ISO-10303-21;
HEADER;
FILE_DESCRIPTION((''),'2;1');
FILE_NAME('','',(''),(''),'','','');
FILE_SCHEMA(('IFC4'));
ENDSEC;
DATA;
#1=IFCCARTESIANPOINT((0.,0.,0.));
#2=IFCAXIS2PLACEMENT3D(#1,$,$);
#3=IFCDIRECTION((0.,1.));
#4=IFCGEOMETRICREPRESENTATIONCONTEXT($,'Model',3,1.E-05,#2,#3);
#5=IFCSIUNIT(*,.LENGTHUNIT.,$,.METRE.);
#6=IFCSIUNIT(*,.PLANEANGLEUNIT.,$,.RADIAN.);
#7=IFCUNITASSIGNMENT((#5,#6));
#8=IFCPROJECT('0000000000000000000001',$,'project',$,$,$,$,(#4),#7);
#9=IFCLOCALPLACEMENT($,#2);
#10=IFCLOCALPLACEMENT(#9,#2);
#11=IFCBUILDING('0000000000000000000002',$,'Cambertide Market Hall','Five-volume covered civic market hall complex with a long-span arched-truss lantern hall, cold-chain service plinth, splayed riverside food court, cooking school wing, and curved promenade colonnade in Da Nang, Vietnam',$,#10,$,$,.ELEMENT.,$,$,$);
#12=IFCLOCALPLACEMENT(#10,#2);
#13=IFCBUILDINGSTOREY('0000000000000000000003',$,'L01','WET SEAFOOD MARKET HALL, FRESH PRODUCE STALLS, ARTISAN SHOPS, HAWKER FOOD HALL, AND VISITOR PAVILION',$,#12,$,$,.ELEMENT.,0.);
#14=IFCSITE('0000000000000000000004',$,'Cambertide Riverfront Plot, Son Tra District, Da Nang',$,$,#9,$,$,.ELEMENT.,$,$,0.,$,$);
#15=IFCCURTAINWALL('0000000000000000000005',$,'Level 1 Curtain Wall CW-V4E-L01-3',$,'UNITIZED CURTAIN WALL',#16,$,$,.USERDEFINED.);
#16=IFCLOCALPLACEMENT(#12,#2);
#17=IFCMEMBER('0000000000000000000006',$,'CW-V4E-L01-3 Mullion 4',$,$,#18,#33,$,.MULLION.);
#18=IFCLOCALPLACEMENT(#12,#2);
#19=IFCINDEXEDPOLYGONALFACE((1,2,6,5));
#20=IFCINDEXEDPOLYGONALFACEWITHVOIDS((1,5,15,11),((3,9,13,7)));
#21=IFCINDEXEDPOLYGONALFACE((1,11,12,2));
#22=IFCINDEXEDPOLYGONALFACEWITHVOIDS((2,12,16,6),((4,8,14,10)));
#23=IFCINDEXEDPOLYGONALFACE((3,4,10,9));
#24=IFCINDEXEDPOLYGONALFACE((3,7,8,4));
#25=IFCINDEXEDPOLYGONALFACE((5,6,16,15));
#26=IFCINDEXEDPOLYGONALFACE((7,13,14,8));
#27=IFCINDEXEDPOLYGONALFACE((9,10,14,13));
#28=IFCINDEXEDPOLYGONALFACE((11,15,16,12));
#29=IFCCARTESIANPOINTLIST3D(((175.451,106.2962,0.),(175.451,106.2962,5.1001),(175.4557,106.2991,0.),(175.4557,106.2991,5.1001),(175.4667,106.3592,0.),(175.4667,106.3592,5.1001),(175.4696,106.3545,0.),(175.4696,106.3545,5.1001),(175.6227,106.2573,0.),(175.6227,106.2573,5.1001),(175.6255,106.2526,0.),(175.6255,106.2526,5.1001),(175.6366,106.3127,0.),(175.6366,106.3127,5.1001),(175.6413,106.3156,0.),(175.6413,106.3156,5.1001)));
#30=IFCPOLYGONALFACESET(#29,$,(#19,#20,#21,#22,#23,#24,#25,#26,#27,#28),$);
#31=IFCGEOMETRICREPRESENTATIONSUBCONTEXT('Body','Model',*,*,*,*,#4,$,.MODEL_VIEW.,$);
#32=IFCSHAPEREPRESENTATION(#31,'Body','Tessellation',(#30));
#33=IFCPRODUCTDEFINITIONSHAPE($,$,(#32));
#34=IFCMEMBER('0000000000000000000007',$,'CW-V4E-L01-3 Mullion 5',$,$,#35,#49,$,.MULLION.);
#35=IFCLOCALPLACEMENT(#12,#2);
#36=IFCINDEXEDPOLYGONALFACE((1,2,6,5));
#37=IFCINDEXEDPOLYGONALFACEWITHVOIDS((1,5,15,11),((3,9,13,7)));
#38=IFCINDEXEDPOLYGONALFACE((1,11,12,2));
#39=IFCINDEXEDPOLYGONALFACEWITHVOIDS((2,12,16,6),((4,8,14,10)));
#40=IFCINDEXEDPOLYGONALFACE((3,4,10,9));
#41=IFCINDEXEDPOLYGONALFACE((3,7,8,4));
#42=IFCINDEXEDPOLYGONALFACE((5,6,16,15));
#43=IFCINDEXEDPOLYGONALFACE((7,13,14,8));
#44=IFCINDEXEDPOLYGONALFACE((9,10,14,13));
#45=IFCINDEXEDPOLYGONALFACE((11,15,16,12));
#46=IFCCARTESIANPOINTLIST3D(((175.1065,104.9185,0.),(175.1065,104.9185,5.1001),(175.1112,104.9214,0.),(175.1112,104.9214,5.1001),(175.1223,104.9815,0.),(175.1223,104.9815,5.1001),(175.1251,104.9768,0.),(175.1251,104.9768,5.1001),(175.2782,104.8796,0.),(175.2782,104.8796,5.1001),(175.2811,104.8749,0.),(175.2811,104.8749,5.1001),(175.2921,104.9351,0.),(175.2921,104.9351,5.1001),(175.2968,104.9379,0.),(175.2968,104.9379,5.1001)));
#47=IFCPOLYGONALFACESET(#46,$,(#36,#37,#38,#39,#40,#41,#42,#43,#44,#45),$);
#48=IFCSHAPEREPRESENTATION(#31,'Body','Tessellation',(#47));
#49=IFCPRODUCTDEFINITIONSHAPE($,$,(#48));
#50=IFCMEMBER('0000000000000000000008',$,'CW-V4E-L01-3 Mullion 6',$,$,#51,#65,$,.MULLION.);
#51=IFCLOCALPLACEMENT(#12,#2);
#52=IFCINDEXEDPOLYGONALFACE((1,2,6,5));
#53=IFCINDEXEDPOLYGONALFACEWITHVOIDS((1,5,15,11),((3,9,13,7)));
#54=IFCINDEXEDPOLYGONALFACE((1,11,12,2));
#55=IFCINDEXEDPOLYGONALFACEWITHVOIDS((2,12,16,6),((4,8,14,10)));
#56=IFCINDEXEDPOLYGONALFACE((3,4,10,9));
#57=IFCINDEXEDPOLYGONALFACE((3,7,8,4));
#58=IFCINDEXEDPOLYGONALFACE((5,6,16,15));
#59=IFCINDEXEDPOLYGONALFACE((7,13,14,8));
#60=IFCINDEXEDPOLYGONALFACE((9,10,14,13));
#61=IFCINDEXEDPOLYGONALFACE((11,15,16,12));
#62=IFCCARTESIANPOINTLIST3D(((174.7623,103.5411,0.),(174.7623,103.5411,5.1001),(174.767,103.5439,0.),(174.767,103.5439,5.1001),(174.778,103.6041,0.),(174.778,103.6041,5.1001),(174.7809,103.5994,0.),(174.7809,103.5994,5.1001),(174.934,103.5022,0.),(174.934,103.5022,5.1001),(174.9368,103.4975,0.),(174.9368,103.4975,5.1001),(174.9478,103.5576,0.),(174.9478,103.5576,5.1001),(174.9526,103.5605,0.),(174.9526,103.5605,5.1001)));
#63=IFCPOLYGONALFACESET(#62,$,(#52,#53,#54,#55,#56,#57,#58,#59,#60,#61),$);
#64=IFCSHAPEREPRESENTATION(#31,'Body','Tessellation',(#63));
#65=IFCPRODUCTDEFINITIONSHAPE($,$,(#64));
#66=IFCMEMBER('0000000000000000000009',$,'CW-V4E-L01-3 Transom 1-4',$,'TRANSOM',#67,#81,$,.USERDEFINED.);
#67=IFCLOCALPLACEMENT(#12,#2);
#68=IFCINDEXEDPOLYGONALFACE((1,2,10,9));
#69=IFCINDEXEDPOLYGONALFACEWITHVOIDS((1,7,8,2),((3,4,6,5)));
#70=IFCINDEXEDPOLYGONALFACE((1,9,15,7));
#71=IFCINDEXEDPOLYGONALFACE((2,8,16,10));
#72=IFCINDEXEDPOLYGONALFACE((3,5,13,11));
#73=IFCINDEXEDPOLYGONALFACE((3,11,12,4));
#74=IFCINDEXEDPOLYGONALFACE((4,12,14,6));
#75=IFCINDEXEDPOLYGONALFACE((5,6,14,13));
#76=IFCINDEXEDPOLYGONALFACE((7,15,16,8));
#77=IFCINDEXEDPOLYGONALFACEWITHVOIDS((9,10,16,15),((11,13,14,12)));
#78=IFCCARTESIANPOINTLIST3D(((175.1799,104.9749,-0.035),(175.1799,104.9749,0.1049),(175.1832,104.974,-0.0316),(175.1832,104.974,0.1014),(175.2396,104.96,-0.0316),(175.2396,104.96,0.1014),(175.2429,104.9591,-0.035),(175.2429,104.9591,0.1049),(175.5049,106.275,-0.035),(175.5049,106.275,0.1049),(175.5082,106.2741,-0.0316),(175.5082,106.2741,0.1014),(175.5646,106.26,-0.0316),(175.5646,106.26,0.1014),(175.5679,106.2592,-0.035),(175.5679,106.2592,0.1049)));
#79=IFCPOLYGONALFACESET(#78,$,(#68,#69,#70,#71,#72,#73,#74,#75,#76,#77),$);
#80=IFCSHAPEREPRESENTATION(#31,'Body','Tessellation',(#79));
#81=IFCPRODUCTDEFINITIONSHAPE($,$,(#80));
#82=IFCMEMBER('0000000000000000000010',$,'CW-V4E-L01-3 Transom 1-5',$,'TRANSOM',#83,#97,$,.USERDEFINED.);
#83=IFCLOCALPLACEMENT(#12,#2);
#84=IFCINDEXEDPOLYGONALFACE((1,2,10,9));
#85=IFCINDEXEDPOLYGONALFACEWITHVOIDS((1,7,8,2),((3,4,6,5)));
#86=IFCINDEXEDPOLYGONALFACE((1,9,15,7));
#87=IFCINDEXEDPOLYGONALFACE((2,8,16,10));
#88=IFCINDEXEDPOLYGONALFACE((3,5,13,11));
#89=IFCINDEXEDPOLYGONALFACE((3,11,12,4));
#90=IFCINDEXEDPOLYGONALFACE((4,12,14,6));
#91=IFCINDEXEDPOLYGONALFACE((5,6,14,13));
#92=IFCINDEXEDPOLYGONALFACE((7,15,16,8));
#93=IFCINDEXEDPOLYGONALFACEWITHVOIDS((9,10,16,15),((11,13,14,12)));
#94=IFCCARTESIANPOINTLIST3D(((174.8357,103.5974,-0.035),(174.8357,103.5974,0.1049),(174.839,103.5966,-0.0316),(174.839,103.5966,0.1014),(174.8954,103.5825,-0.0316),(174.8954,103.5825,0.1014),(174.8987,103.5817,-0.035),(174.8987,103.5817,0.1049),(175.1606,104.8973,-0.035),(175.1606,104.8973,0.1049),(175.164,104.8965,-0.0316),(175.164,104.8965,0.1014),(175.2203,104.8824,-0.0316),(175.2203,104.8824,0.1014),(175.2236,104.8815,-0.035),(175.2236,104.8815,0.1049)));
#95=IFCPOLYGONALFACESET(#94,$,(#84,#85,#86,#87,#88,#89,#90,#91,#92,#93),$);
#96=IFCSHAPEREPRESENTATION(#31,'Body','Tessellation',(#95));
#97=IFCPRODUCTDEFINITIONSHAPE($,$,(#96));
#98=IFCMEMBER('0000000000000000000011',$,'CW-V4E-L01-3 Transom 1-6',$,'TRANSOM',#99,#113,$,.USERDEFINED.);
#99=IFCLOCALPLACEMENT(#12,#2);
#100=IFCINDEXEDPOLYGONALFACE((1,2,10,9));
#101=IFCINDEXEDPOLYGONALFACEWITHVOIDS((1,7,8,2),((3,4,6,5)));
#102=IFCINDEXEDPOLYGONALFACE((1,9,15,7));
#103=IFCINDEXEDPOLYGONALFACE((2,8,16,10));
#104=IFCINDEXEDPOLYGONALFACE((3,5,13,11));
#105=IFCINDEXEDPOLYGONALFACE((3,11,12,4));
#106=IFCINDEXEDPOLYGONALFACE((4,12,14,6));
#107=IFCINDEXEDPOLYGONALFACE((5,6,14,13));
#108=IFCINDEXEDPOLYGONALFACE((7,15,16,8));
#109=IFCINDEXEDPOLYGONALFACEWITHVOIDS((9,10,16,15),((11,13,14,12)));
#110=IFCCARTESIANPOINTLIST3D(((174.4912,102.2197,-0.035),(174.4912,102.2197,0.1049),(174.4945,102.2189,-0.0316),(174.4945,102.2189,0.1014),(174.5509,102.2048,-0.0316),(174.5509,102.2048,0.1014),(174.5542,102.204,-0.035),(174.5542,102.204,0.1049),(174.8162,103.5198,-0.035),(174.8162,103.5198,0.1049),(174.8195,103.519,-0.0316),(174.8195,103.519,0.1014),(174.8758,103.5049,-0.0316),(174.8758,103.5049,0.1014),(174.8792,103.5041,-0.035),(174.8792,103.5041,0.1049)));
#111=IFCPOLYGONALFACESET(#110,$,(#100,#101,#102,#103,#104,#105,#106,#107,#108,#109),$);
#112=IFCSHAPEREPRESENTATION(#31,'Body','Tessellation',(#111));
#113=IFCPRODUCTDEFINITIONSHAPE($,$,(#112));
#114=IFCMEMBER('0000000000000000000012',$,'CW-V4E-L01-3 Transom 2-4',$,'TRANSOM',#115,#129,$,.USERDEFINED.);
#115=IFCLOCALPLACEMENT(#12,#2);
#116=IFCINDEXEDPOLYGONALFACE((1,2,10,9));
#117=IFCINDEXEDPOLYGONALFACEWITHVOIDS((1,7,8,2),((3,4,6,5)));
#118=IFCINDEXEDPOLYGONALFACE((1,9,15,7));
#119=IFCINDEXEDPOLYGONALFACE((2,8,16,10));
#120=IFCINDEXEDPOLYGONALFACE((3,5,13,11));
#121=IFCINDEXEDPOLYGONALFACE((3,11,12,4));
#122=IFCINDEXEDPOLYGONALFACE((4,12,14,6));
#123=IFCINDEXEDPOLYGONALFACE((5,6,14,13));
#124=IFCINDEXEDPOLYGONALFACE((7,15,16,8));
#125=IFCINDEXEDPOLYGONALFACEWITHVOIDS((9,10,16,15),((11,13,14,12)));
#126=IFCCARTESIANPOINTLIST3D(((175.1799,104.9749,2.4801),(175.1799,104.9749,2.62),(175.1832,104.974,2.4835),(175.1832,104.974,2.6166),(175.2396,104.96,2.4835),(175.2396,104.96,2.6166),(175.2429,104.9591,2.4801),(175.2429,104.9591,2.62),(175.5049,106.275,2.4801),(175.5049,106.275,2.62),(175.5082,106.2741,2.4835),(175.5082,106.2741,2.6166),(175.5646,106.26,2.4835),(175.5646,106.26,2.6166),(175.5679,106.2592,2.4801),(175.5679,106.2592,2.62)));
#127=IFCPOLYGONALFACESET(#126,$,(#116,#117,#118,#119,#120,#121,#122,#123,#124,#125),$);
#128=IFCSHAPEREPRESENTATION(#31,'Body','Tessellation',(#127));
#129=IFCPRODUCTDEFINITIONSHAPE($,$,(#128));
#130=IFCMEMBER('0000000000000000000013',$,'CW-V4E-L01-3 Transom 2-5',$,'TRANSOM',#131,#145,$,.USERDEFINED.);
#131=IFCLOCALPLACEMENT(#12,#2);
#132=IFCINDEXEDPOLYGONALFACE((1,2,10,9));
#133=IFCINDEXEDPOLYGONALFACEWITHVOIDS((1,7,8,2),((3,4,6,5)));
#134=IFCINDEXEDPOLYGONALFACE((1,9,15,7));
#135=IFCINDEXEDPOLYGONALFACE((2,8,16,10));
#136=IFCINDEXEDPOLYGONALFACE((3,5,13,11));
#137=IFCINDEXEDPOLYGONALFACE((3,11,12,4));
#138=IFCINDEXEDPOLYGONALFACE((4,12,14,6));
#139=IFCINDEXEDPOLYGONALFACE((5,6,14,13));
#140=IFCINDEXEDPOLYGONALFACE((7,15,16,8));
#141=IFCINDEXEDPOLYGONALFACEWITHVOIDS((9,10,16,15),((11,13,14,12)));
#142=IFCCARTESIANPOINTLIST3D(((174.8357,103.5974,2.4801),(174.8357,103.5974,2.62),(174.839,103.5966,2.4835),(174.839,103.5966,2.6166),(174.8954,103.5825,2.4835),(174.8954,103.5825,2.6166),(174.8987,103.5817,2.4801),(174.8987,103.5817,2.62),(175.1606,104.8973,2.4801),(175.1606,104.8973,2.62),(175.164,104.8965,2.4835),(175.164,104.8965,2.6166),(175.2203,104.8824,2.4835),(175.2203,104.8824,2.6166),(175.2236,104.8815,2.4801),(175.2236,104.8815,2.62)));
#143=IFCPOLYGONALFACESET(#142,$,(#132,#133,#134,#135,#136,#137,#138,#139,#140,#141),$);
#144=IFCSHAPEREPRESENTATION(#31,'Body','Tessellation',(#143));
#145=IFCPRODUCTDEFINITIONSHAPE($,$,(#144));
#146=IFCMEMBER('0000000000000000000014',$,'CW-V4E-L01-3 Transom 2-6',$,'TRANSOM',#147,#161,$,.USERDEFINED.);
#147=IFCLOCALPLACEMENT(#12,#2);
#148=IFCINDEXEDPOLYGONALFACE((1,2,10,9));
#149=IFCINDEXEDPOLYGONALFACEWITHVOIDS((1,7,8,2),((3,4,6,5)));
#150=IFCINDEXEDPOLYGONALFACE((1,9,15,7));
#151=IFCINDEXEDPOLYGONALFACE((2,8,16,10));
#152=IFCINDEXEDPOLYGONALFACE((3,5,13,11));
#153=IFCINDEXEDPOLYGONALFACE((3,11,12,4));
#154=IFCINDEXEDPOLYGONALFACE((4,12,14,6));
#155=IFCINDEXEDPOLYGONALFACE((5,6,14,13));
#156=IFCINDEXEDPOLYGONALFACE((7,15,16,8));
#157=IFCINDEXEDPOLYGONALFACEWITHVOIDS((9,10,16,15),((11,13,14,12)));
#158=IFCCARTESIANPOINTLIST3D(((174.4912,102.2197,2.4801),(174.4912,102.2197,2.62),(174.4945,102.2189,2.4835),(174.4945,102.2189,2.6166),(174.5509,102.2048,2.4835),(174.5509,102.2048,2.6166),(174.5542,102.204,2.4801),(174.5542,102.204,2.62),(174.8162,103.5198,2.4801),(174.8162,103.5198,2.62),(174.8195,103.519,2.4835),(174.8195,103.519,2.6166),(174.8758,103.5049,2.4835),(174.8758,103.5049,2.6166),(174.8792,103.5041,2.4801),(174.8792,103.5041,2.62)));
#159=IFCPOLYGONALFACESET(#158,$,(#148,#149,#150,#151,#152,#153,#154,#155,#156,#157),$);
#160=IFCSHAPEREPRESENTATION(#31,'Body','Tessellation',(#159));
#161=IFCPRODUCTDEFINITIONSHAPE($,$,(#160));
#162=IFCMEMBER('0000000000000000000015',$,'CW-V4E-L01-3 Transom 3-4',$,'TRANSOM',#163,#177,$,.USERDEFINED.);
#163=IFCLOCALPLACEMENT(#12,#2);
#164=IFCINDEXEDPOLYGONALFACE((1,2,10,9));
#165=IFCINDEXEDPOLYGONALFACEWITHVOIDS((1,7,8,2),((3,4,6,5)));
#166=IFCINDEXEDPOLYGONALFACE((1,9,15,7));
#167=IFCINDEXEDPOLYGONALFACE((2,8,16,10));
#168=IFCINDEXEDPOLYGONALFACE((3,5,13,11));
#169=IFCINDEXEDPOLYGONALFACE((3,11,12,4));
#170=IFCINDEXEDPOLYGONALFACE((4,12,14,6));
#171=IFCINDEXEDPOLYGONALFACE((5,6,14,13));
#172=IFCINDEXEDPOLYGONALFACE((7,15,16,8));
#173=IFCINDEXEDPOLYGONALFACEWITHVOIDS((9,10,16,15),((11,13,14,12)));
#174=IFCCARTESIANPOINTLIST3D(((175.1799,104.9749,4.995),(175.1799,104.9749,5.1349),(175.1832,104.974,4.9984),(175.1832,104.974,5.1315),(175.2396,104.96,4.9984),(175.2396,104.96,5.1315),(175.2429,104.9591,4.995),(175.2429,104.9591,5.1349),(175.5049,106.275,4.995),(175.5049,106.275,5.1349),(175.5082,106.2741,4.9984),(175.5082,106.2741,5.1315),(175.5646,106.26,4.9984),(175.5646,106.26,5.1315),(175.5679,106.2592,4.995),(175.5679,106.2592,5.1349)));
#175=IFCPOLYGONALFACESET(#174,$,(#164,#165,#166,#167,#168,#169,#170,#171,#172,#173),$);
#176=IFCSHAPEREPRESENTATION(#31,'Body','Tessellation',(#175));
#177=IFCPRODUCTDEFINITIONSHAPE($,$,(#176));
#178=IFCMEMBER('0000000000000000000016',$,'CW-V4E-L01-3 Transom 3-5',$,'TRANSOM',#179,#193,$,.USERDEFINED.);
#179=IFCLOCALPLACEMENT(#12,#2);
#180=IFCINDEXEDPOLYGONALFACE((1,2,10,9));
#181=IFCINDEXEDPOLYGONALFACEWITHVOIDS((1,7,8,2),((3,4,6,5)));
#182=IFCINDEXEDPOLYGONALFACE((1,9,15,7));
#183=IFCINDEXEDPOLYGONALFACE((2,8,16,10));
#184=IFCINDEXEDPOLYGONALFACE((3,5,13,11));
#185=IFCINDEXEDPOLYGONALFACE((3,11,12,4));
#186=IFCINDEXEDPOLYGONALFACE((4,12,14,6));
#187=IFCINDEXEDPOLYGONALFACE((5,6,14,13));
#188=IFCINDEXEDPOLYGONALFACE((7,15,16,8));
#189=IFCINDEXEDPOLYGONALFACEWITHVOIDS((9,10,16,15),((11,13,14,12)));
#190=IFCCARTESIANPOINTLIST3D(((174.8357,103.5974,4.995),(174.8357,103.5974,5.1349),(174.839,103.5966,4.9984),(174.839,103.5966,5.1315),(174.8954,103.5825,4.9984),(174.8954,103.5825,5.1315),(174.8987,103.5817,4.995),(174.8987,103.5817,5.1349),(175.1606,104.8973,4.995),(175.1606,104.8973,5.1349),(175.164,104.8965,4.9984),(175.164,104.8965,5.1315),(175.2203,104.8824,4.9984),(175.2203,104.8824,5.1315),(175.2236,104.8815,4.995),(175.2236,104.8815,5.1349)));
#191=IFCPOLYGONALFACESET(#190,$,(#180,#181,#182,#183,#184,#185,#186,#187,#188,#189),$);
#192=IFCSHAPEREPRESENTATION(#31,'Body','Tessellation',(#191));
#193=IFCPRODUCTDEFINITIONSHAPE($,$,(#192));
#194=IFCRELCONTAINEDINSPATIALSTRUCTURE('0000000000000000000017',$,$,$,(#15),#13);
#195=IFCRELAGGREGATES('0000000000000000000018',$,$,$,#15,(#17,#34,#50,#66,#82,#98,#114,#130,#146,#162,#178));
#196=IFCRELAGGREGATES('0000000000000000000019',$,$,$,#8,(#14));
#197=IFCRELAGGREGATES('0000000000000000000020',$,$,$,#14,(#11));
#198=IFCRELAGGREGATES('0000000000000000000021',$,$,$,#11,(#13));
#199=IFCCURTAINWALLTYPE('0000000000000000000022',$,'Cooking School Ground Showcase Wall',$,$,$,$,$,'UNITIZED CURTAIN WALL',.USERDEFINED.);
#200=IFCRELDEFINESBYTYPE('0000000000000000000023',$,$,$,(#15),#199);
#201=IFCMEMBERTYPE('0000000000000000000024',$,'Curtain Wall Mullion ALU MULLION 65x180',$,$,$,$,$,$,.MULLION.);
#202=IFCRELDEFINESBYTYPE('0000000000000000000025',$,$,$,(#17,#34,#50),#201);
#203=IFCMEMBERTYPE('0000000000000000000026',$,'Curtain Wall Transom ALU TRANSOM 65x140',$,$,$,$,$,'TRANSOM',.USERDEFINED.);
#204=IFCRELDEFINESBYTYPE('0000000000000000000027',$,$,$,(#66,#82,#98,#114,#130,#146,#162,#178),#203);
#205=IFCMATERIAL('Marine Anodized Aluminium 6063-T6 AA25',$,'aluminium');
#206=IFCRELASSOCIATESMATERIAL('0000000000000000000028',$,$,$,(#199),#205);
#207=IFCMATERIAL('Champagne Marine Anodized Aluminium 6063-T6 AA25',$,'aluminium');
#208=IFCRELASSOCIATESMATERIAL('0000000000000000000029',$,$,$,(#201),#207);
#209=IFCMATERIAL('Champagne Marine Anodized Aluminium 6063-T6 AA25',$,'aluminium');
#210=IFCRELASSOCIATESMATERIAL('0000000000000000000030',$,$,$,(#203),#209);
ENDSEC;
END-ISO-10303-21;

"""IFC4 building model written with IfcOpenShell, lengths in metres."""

from ifc_helpers import new_model, si_unit, direction, frame, origin, origin_2d, place, context, subcontext, project, spatial, hollow_rectangle, extrude, material, material_profile, profile_set, type_object, element, aggregate, save


model = new_model("IFC4")

# Units and contexts
model_context = context("Model", 3, precision=1e-05, world=origin(), true_north=direction((0.0, 1.0)))
body_context = subcontext(model_context, "Body", "Model", "MODEL_VIEW")
ifc_project = project(units=[si_unit("LENGTHUNIT", "METRE"), si_unit("PLANEANGLEUNIT", "RADIAN")], contexts=[model_context])

# Site, building, storey
site_placement = place(None, origin())
site = spatial("IfcSite", under=ifc_project, at=site_placement, Name="Cambertide Riverfront Plot, Son Tra District, Da Nang", CompositionType="ELEMENT", RefElevation=0.0)
building_placement = place(site_placement, origin())
building = spatial("IfcBuilding", under=site, at=building_placement, Name="Cambertide Market Hall", Description="Five-volume covered civic market hall complex with a long-span arched-truss lantern hall, cold-chain service plinth, splayed riverside food court, cooking school wing, and curved promenade colonnade in Da Nang, Vietnam", CompositionType="ELEMENT")
storey_placement = place(building_placement, origin())
storey = spatial("IfcBuildingStorey", under=building, at=storey_placement, Name="L01", Description="WET SEAFOOD MARKET HALL, FRESH PRODUCE STALLS, ARTISAN SHOPS, HAWKER FOOD HALL, AND VISITOR PAVILION", CompositionType="ELEMENT", Elevation=0.0)

# Curtain wall, members
ifc_material_1 = material(Name="Marine Anodized Aluminium 6063-T6 AA25", Category="aluminium")
curtain_wall_type = type_object("IfcCurtainWallType", Name="Cooking School Ground Showcase Wall", ElementType="UNITIZED CURTAIN WALL", PredefinedType="USERDEFINED", material=ifc_material_1)
curtain_wall_placement = place(storey_placement, origin())
curtain_wall = element("IfcCurtainWall", 1, at=curtain_wall_placement, inside=storey, type_object=curtain_wall_type, Name="Level 1 Curtain Wall CW-V4E-L01-3", ObjectType="UNITIZED CURTAIN WALL", PredefinedType="USERDEFINED")
ifc_material_2 = material(Name="Champagne Marine Anodized Aluminium 6063-T6 AA25", Category="aluminium")
ifc_material_profile_1 = material_profile(ifc_material_2, hollow_rectangle(XDim=0.0649, YDim=0.1799, WallThickness=0.0039, at=origin_2d()), Name="ALU MULLION 65x180")
ifc_profile_set_1 = profile_set([ifc_material_profile_1], Name="Champagne Marine Anodized Aluminium 6063-T6 AA25")
member_type_1 = type_object("IfcMemberType", Name="Curtain Wall Mullion ALU MULLION 65x180", PredefinedType="MULLION", material=ifc_profile_set_1)
member_1_placement = place(storey_placement, frame((175.5461, 106.3059, 0.0), z_axis=(0.0, 0.0, 1.0), x_axis=(-0.242536, -0.970143, 0.0)))
member_1 = element("IfcMember", 2, at=member_1_placement, type_object=member_type_1, Name="CW-V4E-L01-3 Mullion 4", PredefinedType="MULLION", context=body_context, shape_type="SweptSolid", body=[
    extrude(hollow_rectangle(XDim=0.0649, YDim=0.1799, WallThickness=0.0039, at=origin_2d()), origin(), (0.0, 0.0, 1.0), 5.1001),
])
member_2_placement = place(storey_placement, frame((175.2017, 104.9282, 0.0), z_axis=(0.0, 0.0, 1.0), x_axis=(-0.242536, -0.970143, 0.0)))
member_2 = element("IfcMember", 3, at=member_2_placement, type_object=member_type_1, Name="CW-V4E-L01-3 Mullion 5", PredefinedType="MULLION", context=body_context, shape_type="SweptSolid", body=[
    extrude(hollow_rectangle(XDim=0.0649, YDim=0.1799, WallThickness=0.0039, at=origin_2d()), origin(), (0.0, 0.0, 1.0), 5.1001),
])
member_3_placement = place(storey_placement, frame((174.8574, 103.5508, 0.0), z_axis=(0.0, 0.0, 1.0), x_axis=(-0.242536, -0.970143, 0.0)))
member_3 = element("IfcMember", 4, at=member_3_placement, type_object=member_type_1, Name="CW-V4E-L01-3 Mullion 6", PredefinedType="MULLION", context=body_context, shape_type="SweptSolid", body=[
    extrude(hollow_rectangle(XDim=0.0649, YDim=0.1799, WallThickness=0.0039, at=origin_2d()), origin(), (0.0, 0.0, 1.0), 5.1001),
])
ifc_material_3 = material(Name="Champagne Marine Anodized Aluminium 6063-T6 AA25", Category="aluminium")
ifc_material_profile_2 = material_profile(ifc_material_3, hollow_rectangle(XDim=0.0649, YDim=0.1399, WallThickness=0.0034, at=origin_2d()), Name="ALU TRANSOM 65x140")
ifc_profile_set_2 = profile_set([ifc_material_profile_2], Name="Champagne Marine Anodized Aluminium 6063-T6 AA25")
member_type_2 = type_object("IfcMemberType", Name="Curtain Wall Transom ALU TRANSOM 65x140", ElementType="TRANSOM", PredefinedType="USERDEFINED", material=ifc_profile_set_2)
member_4_placement = place(storey_placement, frame((175.5364, 106.2671, 0.0349), z_axis=(-0.242493, -0.970153, 0.0), x_axis=(0.970153, -0.242493, 0.0)))
member_4 = element("IfcMember", 5, at=member_4_placement, type_object=member_type_2, Name="CW-V4E-L01-3 Transom 1-4", ObjectType="TRANSOM", PredefinedType="USERDEFINED", context=body_context, shape_type="SweptSolid", body=[
    extrude(hollow_rectangle(XDim=0.0649, YDim=0.1399, WallThickness=0.0034, at=origin_2d()), origin(), (0.0, 0.0, 1.0), 1.3401),
])
member_5_placement = place(storey_placement, frame((175.1921, 104.8894, 0.0349), z_axis=(-0.242536, -0.970143, 0.0), x_axis=(0.970143, -0.242536, 0.0)))
member_5 = element("IfcMember", 6, at=member_5_placement, type_object=member_type_2, Name="CW-V4E-L01-3 Transom 1-5", ObjectType="TRANSOM", PredefinedType="USERDEFINED", context=body_context, shape_type="SweptSolid", body=[
    extrude(hollow_rectangle(XDim=0.0649, YDim=0.1399, WallThickness=0.0034, at=origin_2d()), origin(), (0.0, 0.0, 1.0), 1.3398),
])
member_6_placement = place(storey_placement, frame((174.8477, 103.512, 0.0349), z_axis=(-0.242493, -0.970153, 0.0), x_axis=(0.970153, -0.242493, 0.0)))
member_6 = element("IfcMember", 7, at=member_6_placement, type_object=member_type_2, Name="CW-V4E-L01-3 Transom 1-6", ObjectType="TRANSOM", PredefinedType="USERDEFINED", context=body_context, shape_type="SweptSolid", body=[
    extrude(hollow_rectangle(XDim=0.0649, YDim=0.1399, WallThickness=0.0034, at=origin_2d()), origin(), (0.0, 0.0, 1.0), 1.3401),
])
member_7_placement = place(storey_placement, frame((175.5364, 106.2671, 2.55), z_axis=(-0.242493, -0.970153, 0.0), x_axis=(0.970153, -0.242493, 0.0)))
member_7 = element("IfcMember", 8, at=member_7_placement, type_object=member_type_2, Name="CW-V4E-L01-3 Transom 2-4", ObjectType="TRANSOM", PredefinedType="USERDEFINED", context=body_context, shape_type="SweptSolid", body=[
    extrude(hollow_rectangle(XDim=0.0649, YDim=0.1399, WallThickness=0.0034, at=origin_2d()), origin(), (0.0, 0.0, 1.0), 1.3401),
])
member_8_placement = place(storey_placement, frame((175.1921, 104.8894, 2.55), z_axis=(-0.242536, -0.970143, 0.0), x_axis=(0.970143, -0.242536, 0.0)))
member_8 = element("IfcMember", 9, at=member_8_placement, type_object=member_type_2, Name="CW-V4E-L01-3 Transom 2-5", ObjectType="TRANSOM", PredefinedType="USERDEFINED", context=body_context, shape_type="SweptSolid", body=[
    extrude(hollow_rectangle(XDim=0.0649, YDim=0.1399, WallThickness=0.0034, at=origin_2d()), origin(), (0.0, 0.0, 1.0), 1.3398),
])
member_9_placement = place(storey_placement, frame((174.8477, 103.512, 2.55), z_axis=(-0.242493, -0.970153, 0.0), x_axis=(0.970153, -0.242493, 0.0)))
member_9 = element("IfcMember", 10, at=member_9_placement, type_object=member_type_2, Name="CW-V4E-L01-3 Transom 2-6", ObjectType="TRANSOM", PredefinedType="USERDEFINED", context=body_context, shape_type="SweptSolid", body=[
    extrude(hollow_rectangle(XDim=0.0649, YDim=0.1399, WallThickness=0.0034, at=origin_2d()), origin(), (0.0, 0.0, 1.0), 1.3401),
])
member_10_placement = place(storey_placement, frame((175.5364, 106.2671, 5.0649), z_axis=(-0.242493, -0.970153, 0.0), x_axis=(0.970153, -0.242493, 0.0)))
member_10 = element("IfcMember", 11, at=member_10_placement, type_object=member_type_2, Name="CW-V4E-L01-3 Transom 3-4", ObjectType="TRANSOM", PredefinedType="USERDEFINED", context=body_context, shape_type="SweptSolid", body=[
    extrude(hollow_rectangle(XDim=0.0649, YDim=0.1399, WallThickness=0.0034, at=origin_2d()), origin(), (0.0, 0.0, 1.0), 1.3401),
])
member_11_placement = place(storey_placement, frame((175.1921, 104.8894, 5.0649), z_axis=(-0.242536, -0.970143, 0.0), x_axis=(0.970143, -0.242536, 0.0)))
member_11 = element("IfcMember", 12, at=member_11_placement, type_object=member_type_2, Name="CW-V4E-L01-3 Transom 3-5", ObjectType="TRANSOM", PredefinedType="USERDEFINED", context=body_context, shape_type="SweptSolid", body=[
    extrude(hollow_rectangle(XDim=0.0649, YDim=0.1399, WallThickness=0.0034, at=origin_2d()), origin(), (0.0, 0.0, 1.0), 1.3398),
])
aggregate(curtain_wall, [member_1, member_2, member_3, member_4, member_5, member_6, member_7, member_8, member_9, member_10, member_11])

save(model, "model.ifc")
